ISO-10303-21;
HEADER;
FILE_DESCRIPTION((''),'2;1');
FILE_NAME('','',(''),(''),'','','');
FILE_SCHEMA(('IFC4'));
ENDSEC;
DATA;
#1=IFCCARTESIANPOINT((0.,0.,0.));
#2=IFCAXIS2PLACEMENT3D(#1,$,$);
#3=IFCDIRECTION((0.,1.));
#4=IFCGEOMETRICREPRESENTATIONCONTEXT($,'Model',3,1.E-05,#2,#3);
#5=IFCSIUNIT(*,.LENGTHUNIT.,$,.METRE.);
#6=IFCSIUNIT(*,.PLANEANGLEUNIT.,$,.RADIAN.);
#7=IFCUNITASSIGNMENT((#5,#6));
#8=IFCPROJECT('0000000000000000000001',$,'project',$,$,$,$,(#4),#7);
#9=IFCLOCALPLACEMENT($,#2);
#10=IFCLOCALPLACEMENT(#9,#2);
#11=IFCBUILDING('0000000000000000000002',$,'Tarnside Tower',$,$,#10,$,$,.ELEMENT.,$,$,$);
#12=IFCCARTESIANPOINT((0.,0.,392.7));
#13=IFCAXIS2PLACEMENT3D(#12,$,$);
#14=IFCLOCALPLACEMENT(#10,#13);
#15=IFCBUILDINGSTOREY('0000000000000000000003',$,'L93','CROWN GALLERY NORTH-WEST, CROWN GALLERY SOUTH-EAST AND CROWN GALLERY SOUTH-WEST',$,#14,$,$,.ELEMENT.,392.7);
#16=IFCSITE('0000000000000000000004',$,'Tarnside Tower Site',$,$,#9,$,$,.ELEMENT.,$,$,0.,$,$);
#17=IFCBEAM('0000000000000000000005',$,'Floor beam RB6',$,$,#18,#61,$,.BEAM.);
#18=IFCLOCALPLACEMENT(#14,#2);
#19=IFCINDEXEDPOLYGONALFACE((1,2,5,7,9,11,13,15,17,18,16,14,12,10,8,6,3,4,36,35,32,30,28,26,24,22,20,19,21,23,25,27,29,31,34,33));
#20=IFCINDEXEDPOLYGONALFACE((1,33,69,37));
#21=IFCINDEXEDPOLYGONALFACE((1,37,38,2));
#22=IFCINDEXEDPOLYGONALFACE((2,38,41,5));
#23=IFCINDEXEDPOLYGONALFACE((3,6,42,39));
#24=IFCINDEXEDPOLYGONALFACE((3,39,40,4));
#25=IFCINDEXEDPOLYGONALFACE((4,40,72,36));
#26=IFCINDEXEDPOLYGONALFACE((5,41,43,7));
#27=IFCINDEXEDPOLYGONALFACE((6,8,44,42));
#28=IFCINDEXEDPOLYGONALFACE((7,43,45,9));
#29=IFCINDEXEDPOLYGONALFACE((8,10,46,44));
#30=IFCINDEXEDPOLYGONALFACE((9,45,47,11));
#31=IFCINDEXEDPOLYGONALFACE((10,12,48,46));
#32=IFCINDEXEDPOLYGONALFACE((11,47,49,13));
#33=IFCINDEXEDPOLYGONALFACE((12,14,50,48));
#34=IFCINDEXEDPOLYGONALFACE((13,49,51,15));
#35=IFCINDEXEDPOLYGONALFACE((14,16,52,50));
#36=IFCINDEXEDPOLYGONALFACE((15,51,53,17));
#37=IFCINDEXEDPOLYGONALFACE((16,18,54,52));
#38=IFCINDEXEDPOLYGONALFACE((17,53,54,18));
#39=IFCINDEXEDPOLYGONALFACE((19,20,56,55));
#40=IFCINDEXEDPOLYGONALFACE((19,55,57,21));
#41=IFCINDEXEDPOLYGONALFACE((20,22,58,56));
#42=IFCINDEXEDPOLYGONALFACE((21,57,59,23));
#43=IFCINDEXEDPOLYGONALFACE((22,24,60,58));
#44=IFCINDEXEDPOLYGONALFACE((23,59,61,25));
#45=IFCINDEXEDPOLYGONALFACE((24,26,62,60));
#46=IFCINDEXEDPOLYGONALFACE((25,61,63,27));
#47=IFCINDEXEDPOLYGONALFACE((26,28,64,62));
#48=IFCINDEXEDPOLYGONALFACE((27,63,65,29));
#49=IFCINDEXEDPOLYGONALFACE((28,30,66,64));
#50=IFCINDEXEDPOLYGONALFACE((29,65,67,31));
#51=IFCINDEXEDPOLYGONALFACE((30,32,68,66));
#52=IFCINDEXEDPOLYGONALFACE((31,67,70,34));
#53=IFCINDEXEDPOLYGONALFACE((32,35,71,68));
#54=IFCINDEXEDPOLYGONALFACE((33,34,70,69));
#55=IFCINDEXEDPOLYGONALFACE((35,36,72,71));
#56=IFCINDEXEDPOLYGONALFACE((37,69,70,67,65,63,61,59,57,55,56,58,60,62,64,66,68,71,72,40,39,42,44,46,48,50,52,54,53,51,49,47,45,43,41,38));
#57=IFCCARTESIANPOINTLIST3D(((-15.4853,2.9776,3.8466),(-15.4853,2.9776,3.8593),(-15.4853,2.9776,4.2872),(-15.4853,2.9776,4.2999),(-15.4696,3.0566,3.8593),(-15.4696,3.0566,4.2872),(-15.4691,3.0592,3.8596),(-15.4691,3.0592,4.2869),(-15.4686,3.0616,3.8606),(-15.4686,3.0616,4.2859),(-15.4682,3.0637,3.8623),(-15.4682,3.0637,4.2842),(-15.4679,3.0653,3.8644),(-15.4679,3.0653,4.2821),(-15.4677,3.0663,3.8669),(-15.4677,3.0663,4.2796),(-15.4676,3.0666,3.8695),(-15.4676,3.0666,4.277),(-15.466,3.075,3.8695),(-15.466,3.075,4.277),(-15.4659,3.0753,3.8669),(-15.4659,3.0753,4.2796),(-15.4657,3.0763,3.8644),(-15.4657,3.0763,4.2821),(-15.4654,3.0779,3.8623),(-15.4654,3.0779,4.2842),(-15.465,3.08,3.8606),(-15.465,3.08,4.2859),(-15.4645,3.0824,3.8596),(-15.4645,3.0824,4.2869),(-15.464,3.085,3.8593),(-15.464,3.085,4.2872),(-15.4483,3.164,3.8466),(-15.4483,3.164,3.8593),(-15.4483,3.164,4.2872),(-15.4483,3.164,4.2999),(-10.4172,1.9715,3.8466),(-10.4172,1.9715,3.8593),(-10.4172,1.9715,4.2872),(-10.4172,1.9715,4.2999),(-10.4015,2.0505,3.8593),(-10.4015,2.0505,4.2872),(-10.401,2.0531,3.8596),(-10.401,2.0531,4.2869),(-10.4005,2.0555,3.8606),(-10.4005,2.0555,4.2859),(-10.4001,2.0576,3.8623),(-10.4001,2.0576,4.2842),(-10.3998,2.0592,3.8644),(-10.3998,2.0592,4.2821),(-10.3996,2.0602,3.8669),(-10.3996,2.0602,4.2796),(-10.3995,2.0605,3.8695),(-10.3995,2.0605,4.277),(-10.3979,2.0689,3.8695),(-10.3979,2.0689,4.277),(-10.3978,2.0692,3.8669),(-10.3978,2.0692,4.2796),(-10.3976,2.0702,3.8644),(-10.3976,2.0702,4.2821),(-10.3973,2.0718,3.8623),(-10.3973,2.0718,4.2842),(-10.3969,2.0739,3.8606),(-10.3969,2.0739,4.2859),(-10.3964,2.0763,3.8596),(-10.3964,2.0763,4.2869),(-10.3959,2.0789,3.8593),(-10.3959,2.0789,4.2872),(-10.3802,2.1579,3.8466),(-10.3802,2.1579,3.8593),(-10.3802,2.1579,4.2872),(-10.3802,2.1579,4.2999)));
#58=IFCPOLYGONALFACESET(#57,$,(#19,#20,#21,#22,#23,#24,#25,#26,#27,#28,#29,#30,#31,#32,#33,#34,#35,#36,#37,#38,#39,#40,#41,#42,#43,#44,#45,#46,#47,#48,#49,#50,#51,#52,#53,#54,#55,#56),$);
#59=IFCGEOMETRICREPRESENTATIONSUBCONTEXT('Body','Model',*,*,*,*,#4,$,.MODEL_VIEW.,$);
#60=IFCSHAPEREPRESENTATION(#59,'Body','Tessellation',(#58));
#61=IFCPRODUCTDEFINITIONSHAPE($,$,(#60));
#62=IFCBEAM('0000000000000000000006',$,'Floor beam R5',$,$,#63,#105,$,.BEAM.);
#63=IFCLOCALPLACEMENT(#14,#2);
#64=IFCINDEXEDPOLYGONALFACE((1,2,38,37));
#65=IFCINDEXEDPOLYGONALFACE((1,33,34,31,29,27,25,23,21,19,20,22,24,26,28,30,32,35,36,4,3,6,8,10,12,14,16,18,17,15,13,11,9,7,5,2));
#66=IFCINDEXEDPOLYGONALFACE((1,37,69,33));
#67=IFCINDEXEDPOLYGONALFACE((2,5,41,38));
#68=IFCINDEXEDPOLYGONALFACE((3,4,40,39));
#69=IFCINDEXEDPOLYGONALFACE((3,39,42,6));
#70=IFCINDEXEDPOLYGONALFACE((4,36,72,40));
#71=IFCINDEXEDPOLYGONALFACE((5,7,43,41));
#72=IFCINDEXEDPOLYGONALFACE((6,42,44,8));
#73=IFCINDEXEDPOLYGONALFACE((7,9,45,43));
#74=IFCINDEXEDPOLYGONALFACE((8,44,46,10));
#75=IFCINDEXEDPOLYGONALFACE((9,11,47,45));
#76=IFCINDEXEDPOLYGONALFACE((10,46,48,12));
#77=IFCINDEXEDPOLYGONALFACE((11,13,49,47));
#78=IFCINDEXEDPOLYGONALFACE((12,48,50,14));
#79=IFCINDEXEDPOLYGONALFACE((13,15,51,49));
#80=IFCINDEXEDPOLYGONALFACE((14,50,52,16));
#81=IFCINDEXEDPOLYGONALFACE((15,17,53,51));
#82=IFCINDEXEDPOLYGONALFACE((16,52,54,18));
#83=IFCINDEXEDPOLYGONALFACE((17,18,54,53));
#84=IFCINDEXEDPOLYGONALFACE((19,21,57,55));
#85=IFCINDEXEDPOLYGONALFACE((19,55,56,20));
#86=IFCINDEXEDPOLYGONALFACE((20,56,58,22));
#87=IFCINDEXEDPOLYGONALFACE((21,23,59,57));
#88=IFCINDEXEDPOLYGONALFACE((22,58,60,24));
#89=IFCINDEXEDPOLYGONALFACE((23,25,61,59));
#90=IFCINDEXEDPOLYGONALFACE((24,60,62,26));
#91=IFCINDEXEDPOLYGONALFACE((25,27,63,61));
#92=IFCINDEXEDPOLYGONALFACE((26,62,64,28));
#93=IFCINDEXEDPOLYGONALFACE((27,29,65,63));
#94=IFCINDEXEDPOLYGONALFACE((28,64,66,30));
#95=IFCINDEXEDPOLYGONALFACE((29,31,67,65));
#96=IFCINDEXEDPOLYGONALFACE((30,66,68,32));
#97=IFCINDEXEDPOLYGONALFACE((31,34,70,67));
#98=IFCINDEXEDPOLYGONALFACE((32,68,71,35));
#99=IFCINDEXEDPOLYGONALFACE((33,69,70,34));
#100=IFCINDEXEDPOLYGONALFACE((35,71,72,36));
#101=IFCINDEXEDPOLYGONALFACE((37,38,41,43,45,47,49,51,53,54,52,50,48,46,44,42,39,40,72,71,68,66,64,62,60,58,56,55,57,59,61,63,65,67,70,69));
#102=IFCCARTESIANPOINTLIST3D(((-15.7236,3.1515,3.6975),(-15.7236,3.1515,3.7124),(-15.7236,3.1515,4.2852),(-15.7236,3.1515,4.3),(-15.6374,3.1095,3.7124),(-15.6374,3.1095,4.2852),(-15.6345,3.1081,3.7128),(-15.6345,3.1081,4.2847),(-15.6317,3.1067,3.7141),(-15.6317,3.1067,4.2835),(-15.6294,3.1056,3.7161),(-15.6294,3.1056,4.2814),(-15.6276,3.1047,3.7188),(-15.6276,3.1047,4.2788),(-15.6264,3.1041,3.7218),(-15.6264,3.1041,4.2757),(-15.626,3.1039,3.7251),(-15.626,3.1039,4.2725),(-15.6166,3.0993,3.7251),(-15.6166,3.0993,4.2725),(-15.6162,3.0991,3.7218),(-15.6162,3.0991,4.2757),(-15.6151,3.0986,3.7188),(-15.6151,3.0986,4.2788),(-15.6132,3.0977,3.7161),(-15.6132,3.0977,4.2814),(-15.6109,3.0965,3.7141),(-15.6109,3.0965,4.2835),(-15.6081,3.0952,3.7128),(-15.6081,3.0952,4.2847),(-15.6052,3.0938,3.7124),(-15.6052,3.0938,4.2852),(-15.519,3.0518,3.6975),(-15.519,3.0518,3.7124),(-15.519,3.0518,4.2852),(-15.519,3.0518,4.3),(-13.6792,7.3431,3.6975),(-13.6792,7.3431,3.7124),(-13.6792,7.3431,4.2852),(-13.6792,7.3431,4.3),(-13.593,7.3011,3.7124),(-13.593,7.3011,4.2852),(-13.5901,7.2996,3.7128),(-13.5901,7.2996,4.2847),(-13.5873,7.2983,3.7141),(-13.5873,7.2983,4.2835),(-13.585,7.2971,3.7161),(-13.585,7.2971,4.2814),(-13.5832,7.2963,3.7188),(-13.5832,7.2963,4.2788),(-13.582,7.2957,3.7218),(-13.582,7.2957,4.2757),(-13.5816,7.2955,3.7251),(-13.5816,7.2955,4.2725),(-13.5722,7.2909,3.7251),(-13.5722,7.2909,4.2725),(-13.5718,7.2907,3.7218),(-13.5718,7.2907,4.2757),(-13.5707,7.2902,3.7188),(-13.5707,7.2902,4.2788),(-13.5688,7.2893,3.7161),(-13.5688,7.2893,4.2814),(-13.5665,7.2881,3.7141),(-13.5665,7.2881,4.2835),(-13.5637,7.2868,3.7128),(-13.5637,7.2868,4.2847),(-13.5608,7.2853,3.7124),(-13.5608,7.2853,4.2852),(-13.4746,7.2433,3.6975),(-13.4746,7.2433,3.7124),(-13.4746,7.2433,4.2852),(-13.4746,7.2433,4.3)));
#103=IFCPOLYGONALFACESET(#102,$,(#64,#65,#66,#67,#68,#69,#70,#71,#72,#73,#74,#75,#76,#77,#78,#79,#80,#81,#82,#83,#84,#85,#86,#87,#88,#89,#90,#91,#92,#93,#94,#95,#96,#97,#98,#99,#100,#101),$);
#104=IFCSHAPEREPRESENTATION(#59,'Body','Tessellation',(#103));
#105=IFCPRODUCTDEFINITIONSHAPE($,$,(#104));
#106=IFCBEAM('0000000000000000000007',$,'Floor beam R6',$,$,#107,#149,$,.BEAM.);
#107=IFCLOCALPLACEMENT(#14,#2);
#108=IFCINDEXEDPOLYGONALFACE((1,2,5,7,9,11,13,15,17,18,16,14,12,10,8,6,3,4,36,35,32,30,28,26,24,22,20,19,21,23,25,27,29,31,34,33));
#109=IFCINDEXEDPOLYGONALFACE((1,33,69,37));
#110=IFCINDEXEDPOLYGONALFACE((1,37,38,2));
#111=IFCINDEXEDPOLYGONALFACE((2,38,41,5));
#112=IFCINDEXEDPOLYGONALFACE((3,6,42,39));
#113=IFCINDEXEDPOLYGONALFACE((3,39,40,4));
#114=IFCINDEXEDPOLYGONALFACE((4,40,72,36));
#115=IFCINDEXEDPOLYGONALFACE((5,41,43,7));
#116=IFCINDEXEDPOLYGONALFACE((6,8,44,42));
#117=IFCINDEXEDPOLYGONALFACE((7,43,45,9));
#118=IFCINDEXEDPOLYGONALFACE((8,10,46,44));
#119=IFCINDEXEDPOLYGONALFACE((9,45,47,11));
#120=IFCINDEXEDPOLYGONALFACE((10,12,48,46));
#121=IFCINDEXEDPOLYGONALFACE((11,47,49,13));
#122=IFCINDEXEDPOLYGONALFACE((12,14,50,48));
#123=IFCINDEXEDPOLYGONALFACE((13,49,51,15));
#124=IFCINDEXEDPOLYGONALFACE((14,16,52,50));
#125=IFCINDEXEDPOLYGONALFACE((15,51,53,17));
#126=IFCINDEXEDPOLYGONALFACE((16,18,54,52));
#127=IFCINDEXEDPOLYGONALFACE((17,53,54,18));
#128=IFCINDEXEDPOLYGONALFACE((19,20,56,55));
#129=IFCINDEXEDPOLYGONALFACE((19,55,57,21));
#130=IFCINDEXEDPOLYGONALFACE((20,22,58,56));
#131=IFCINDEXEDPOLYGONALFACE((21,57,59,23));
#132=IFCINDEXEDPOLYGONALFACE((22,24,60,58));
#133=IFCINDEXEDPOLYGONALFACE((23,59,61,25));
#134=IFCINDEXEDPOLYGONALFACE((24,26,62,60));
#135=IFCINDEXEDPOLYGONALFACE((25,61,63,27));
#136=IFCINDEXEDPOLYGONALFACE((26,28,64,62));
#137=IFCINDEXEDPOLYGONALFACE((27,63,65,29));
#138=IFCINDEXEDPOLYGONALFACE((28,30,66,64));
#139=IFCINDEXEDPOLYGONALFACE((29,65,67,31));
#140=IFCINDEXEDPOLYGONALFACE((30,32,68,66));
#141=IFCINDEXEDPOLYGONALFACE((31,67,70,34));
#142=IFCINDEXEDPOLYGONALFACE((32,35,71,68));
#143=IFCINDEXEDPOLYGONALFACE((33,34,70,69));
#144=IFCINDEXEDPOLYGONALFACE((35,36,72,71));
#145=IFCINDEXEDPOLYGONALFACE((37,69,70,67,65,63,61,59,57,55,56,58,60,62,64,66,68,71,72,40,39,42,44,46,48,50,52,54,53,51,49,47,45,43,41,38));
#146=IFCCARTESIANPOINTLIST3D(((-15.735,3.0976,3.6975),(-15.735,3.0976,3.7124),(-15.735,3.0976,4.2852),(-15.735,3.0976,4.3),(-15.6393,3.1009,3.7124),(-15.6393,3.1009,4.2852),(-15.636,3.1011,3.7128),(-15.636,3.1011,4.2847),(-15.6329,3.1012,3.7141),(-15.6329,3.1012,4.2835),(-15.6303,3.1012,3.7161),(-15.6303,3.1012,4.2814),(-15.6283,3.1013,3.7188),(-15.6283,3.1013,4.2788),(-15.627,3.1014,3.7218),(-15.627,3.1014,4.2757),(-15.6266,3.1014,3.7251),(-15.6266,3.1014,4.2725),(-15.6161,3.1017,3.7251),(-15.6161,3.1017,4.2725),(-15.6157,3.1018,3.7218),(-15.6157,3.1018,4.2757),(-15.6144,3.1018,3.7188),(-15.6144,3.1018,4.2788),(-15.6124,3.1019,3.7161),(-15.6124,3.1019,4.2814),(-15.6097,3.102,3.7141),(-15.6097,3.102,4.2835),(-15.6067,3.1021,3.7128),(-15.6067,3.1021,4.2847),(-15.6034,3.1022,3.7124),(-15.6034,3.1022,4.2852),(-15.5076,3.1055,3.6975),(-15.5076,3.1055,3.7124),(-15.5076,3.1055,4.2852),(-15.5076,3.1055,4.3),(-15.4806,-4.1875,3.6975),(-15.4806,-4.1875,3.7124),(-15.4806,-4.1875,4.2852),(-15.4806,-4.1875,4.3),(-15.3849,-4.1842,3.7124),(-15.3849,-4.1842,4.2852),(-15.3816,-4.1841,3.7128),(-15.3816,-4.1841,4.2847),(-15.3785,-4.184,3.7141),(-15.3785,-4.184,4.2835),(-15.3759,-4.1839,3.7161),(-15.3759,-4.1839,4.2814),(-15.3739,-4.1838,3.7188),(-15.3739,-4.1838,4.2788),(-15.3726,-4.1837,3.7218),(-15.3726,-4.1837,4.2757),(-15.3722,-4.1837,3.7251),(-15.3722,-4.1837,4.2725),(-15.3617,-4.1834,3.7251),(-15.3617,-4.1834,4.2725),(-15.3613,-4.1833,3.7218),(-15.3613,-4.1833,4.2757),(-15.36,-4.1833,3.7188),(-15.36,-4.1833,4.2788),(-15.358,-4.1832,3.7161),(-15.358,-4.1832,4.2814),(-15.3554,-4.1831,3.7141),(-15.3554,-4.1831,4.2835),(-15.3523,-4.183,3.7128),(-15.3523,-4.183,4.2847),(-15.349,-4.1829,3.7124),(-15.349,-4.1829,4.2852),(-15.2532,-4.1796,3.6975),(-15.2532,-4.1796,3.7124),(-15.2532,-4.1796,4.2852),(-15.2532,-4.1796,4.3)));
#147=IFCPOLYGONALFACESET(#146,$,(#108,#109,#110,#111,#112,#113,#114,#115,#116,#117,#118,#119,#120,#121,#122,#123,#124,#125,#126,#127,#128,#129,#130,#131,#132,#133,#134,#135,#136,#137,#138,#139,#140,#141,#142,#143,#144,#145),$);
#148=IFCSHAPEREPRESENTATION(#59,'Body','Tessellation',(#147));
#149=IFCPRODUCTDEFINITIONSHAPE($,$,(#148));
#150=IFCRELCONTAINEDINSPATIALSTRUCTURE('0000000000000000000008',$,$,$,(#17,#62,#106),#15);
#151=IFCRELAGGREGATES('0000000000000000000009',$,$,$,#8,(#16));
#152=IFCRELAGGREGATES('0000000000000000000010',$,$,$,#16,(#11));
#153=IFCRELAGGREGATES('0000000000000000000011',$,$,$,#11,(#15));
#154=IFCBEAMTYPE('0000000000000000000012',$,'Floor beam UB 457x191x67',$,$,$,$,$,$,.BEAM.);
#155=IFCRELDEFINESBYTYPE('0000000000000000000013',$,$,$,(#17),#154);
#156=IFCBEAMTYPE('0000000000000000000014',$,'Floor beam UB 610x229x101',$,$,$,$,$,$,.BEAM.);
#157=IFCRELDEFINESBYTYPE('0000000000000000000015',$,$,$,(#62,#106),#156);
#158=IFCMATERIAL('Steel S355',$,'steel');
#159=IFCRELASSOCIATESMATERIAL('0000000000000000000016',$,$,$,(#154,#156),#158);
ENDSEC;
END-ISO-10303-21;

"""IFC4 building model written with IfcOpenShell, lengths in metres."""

from ifc_helpers import new_model, si_unit, direction, frame, origin, origin_2d, place, context, subcontext, project, spatial, i_section, extrude, material, material_profile, profile_set, type_object, element, save


model = new_model("IFC4")

# Units and contexts
model_context = context("Model", 3, precision=1e-05, world=origin(), true_north=direction((0.0, 1.0)))
body_context = subcontext(model_context, "Body", "Model", "MODEL_VIEW")
ifc_project = project(units=[si_unit("LENGTHUNIT", "METRE"), si_unit("PLANEANGLEUNIT", "RADIAN")], contexts=[model_context])

# Site, building, storey
site_placement = place(None, origin())
site = spatial("IfcSite", under=ifc_project, at=site_placement, Name="Tarnside Tower Site", CompositionType="ELEMENT", RefElevation=0.0)
building_placement = place(site_placement, origin())
building = spatial("IfcBuilding", under=site, at=building_placement, Name="Tarnside Tower", CompositionType="ELEMENT")
storey_placement = place(building_placement, frame((0.0, 0.0, 392.7)))
storey = spatial("IfcBuildingStorey", under=building, at=storey_placement, Name="L93", Description="CROWN GALLERY NORTH-WEST, CROWN GALLERY SOUTH-EAST AND CROWN GALLERY SOUTH-WEST", CompositionType="ELEMENT", Elevation=392.7)

# Beams
ifc_material_1 = material(Name="Steel S355", Category="steel")
ifc_material_profile_1 = material_profile(ifc_material_1, i_section(OverallWidth=0.1899, OverallDepth=0.4534, WebThickness=0.0085, FlangeThickness=0.0127, FilletRadius=0.0103, at=origin_2d()), Name="UB 457x191x67")
ifc_profile_set_1 = profile_set([ifc_material_profile_1], Name="Steel S355")
beam_type_1 = type_object("IfcBeamType", Name="Floor beam UB 457x191x67", PredefinedType="BEAM", material=ifc_profile_set_1)
beam_1_placement = place(storey_placement, frame((-15.4668, 3.0708, 4.0732), z_axis=(0.98086, -0.194717, 0.0), x_axis=(0.194717, 0.98086, 0.0)))
element("IfcBeam", 1, at=beam_1_placement, inside=storey, type_object=beam_type_1, Name="Floor beam RB6", PredefinedType="BEAM", context=body_context, shape_type="SweptSolid", body=[
    extrude(i_section(OverallWidth=0.1899, OverallDepth=0.4534, WebThickness=0.0085, FlangeThickness=0.0127, FilletRadius=0.0103, at=origin_2d()), origin(), (0.0, 0.0, 1.0), 5.167),
])
ifc_material_profile_2 = material_profile(ifc_material_1, i_section(OverallWidth=0.2275, OverallDepth=0.6025, WebThickness=0.0105, FlangeThickness=0.0149, FilletRadius=0.0127, at=origin_2d()), Name="UB 610x229x101")
ifc_profile_set_2 = profile_set([ifc_material_profile_2], Name="Steel S355")
beam_type_2 = type_object("IfcBeamType", Name="Floor beam UB 610x229x101", PredefinedType="BEAM", material=ifc_profile_set_2)
beam_2_placement = place(storey_placement, frame((-13.5769, 7.2932, 3.9988), z_axis=(-0.438376, -0.898792, 0.0), x_axis=(0.898792, -0.438376, 0.0)))
element("IfcBeam", 2, at=beam_2_placement, inside=storey, type_object=beam_type_2, Name="Floor beam R5", PredefinedType="BEAM", context=body_context, shape_type="SweptSolid", body=[
    extrude(i_section(OverallWidth=0.2275, OverallDepth=0.6025, WebThickness=0.0105, FlangeThickness=0.0149, FilletRadius=0.0127, at=origin_2d()), origin(), (0.0, 0.0, 1.0), 4.6636),
])
beam_3_placement = place(storey_placement, frame((-15.6213, 3.1016, 3.9988), z_axis=(0.034898, -0.999391, 0.0), x_axis=(0.999391, 0.034898, 0.0)))
element("IfcBeam", 3, at=beam_3_placement, inside=storey, type_object=beam_type_2, Name="Floor beam R6", PredefinedType="BEAM", context=body_context, shape_type="SweptSolid", body=[
    extrude(i_section(OverallWidth=0.2275, OverallDepth=0.6025, WebThickness=0.0105, FlangeThickness=0.0149, FilletRadius=0.0127, at=origin_2d()), origin(), (0.0, 0.0, 1.0), 7.2896),
])

save(model, "model.ifc")
